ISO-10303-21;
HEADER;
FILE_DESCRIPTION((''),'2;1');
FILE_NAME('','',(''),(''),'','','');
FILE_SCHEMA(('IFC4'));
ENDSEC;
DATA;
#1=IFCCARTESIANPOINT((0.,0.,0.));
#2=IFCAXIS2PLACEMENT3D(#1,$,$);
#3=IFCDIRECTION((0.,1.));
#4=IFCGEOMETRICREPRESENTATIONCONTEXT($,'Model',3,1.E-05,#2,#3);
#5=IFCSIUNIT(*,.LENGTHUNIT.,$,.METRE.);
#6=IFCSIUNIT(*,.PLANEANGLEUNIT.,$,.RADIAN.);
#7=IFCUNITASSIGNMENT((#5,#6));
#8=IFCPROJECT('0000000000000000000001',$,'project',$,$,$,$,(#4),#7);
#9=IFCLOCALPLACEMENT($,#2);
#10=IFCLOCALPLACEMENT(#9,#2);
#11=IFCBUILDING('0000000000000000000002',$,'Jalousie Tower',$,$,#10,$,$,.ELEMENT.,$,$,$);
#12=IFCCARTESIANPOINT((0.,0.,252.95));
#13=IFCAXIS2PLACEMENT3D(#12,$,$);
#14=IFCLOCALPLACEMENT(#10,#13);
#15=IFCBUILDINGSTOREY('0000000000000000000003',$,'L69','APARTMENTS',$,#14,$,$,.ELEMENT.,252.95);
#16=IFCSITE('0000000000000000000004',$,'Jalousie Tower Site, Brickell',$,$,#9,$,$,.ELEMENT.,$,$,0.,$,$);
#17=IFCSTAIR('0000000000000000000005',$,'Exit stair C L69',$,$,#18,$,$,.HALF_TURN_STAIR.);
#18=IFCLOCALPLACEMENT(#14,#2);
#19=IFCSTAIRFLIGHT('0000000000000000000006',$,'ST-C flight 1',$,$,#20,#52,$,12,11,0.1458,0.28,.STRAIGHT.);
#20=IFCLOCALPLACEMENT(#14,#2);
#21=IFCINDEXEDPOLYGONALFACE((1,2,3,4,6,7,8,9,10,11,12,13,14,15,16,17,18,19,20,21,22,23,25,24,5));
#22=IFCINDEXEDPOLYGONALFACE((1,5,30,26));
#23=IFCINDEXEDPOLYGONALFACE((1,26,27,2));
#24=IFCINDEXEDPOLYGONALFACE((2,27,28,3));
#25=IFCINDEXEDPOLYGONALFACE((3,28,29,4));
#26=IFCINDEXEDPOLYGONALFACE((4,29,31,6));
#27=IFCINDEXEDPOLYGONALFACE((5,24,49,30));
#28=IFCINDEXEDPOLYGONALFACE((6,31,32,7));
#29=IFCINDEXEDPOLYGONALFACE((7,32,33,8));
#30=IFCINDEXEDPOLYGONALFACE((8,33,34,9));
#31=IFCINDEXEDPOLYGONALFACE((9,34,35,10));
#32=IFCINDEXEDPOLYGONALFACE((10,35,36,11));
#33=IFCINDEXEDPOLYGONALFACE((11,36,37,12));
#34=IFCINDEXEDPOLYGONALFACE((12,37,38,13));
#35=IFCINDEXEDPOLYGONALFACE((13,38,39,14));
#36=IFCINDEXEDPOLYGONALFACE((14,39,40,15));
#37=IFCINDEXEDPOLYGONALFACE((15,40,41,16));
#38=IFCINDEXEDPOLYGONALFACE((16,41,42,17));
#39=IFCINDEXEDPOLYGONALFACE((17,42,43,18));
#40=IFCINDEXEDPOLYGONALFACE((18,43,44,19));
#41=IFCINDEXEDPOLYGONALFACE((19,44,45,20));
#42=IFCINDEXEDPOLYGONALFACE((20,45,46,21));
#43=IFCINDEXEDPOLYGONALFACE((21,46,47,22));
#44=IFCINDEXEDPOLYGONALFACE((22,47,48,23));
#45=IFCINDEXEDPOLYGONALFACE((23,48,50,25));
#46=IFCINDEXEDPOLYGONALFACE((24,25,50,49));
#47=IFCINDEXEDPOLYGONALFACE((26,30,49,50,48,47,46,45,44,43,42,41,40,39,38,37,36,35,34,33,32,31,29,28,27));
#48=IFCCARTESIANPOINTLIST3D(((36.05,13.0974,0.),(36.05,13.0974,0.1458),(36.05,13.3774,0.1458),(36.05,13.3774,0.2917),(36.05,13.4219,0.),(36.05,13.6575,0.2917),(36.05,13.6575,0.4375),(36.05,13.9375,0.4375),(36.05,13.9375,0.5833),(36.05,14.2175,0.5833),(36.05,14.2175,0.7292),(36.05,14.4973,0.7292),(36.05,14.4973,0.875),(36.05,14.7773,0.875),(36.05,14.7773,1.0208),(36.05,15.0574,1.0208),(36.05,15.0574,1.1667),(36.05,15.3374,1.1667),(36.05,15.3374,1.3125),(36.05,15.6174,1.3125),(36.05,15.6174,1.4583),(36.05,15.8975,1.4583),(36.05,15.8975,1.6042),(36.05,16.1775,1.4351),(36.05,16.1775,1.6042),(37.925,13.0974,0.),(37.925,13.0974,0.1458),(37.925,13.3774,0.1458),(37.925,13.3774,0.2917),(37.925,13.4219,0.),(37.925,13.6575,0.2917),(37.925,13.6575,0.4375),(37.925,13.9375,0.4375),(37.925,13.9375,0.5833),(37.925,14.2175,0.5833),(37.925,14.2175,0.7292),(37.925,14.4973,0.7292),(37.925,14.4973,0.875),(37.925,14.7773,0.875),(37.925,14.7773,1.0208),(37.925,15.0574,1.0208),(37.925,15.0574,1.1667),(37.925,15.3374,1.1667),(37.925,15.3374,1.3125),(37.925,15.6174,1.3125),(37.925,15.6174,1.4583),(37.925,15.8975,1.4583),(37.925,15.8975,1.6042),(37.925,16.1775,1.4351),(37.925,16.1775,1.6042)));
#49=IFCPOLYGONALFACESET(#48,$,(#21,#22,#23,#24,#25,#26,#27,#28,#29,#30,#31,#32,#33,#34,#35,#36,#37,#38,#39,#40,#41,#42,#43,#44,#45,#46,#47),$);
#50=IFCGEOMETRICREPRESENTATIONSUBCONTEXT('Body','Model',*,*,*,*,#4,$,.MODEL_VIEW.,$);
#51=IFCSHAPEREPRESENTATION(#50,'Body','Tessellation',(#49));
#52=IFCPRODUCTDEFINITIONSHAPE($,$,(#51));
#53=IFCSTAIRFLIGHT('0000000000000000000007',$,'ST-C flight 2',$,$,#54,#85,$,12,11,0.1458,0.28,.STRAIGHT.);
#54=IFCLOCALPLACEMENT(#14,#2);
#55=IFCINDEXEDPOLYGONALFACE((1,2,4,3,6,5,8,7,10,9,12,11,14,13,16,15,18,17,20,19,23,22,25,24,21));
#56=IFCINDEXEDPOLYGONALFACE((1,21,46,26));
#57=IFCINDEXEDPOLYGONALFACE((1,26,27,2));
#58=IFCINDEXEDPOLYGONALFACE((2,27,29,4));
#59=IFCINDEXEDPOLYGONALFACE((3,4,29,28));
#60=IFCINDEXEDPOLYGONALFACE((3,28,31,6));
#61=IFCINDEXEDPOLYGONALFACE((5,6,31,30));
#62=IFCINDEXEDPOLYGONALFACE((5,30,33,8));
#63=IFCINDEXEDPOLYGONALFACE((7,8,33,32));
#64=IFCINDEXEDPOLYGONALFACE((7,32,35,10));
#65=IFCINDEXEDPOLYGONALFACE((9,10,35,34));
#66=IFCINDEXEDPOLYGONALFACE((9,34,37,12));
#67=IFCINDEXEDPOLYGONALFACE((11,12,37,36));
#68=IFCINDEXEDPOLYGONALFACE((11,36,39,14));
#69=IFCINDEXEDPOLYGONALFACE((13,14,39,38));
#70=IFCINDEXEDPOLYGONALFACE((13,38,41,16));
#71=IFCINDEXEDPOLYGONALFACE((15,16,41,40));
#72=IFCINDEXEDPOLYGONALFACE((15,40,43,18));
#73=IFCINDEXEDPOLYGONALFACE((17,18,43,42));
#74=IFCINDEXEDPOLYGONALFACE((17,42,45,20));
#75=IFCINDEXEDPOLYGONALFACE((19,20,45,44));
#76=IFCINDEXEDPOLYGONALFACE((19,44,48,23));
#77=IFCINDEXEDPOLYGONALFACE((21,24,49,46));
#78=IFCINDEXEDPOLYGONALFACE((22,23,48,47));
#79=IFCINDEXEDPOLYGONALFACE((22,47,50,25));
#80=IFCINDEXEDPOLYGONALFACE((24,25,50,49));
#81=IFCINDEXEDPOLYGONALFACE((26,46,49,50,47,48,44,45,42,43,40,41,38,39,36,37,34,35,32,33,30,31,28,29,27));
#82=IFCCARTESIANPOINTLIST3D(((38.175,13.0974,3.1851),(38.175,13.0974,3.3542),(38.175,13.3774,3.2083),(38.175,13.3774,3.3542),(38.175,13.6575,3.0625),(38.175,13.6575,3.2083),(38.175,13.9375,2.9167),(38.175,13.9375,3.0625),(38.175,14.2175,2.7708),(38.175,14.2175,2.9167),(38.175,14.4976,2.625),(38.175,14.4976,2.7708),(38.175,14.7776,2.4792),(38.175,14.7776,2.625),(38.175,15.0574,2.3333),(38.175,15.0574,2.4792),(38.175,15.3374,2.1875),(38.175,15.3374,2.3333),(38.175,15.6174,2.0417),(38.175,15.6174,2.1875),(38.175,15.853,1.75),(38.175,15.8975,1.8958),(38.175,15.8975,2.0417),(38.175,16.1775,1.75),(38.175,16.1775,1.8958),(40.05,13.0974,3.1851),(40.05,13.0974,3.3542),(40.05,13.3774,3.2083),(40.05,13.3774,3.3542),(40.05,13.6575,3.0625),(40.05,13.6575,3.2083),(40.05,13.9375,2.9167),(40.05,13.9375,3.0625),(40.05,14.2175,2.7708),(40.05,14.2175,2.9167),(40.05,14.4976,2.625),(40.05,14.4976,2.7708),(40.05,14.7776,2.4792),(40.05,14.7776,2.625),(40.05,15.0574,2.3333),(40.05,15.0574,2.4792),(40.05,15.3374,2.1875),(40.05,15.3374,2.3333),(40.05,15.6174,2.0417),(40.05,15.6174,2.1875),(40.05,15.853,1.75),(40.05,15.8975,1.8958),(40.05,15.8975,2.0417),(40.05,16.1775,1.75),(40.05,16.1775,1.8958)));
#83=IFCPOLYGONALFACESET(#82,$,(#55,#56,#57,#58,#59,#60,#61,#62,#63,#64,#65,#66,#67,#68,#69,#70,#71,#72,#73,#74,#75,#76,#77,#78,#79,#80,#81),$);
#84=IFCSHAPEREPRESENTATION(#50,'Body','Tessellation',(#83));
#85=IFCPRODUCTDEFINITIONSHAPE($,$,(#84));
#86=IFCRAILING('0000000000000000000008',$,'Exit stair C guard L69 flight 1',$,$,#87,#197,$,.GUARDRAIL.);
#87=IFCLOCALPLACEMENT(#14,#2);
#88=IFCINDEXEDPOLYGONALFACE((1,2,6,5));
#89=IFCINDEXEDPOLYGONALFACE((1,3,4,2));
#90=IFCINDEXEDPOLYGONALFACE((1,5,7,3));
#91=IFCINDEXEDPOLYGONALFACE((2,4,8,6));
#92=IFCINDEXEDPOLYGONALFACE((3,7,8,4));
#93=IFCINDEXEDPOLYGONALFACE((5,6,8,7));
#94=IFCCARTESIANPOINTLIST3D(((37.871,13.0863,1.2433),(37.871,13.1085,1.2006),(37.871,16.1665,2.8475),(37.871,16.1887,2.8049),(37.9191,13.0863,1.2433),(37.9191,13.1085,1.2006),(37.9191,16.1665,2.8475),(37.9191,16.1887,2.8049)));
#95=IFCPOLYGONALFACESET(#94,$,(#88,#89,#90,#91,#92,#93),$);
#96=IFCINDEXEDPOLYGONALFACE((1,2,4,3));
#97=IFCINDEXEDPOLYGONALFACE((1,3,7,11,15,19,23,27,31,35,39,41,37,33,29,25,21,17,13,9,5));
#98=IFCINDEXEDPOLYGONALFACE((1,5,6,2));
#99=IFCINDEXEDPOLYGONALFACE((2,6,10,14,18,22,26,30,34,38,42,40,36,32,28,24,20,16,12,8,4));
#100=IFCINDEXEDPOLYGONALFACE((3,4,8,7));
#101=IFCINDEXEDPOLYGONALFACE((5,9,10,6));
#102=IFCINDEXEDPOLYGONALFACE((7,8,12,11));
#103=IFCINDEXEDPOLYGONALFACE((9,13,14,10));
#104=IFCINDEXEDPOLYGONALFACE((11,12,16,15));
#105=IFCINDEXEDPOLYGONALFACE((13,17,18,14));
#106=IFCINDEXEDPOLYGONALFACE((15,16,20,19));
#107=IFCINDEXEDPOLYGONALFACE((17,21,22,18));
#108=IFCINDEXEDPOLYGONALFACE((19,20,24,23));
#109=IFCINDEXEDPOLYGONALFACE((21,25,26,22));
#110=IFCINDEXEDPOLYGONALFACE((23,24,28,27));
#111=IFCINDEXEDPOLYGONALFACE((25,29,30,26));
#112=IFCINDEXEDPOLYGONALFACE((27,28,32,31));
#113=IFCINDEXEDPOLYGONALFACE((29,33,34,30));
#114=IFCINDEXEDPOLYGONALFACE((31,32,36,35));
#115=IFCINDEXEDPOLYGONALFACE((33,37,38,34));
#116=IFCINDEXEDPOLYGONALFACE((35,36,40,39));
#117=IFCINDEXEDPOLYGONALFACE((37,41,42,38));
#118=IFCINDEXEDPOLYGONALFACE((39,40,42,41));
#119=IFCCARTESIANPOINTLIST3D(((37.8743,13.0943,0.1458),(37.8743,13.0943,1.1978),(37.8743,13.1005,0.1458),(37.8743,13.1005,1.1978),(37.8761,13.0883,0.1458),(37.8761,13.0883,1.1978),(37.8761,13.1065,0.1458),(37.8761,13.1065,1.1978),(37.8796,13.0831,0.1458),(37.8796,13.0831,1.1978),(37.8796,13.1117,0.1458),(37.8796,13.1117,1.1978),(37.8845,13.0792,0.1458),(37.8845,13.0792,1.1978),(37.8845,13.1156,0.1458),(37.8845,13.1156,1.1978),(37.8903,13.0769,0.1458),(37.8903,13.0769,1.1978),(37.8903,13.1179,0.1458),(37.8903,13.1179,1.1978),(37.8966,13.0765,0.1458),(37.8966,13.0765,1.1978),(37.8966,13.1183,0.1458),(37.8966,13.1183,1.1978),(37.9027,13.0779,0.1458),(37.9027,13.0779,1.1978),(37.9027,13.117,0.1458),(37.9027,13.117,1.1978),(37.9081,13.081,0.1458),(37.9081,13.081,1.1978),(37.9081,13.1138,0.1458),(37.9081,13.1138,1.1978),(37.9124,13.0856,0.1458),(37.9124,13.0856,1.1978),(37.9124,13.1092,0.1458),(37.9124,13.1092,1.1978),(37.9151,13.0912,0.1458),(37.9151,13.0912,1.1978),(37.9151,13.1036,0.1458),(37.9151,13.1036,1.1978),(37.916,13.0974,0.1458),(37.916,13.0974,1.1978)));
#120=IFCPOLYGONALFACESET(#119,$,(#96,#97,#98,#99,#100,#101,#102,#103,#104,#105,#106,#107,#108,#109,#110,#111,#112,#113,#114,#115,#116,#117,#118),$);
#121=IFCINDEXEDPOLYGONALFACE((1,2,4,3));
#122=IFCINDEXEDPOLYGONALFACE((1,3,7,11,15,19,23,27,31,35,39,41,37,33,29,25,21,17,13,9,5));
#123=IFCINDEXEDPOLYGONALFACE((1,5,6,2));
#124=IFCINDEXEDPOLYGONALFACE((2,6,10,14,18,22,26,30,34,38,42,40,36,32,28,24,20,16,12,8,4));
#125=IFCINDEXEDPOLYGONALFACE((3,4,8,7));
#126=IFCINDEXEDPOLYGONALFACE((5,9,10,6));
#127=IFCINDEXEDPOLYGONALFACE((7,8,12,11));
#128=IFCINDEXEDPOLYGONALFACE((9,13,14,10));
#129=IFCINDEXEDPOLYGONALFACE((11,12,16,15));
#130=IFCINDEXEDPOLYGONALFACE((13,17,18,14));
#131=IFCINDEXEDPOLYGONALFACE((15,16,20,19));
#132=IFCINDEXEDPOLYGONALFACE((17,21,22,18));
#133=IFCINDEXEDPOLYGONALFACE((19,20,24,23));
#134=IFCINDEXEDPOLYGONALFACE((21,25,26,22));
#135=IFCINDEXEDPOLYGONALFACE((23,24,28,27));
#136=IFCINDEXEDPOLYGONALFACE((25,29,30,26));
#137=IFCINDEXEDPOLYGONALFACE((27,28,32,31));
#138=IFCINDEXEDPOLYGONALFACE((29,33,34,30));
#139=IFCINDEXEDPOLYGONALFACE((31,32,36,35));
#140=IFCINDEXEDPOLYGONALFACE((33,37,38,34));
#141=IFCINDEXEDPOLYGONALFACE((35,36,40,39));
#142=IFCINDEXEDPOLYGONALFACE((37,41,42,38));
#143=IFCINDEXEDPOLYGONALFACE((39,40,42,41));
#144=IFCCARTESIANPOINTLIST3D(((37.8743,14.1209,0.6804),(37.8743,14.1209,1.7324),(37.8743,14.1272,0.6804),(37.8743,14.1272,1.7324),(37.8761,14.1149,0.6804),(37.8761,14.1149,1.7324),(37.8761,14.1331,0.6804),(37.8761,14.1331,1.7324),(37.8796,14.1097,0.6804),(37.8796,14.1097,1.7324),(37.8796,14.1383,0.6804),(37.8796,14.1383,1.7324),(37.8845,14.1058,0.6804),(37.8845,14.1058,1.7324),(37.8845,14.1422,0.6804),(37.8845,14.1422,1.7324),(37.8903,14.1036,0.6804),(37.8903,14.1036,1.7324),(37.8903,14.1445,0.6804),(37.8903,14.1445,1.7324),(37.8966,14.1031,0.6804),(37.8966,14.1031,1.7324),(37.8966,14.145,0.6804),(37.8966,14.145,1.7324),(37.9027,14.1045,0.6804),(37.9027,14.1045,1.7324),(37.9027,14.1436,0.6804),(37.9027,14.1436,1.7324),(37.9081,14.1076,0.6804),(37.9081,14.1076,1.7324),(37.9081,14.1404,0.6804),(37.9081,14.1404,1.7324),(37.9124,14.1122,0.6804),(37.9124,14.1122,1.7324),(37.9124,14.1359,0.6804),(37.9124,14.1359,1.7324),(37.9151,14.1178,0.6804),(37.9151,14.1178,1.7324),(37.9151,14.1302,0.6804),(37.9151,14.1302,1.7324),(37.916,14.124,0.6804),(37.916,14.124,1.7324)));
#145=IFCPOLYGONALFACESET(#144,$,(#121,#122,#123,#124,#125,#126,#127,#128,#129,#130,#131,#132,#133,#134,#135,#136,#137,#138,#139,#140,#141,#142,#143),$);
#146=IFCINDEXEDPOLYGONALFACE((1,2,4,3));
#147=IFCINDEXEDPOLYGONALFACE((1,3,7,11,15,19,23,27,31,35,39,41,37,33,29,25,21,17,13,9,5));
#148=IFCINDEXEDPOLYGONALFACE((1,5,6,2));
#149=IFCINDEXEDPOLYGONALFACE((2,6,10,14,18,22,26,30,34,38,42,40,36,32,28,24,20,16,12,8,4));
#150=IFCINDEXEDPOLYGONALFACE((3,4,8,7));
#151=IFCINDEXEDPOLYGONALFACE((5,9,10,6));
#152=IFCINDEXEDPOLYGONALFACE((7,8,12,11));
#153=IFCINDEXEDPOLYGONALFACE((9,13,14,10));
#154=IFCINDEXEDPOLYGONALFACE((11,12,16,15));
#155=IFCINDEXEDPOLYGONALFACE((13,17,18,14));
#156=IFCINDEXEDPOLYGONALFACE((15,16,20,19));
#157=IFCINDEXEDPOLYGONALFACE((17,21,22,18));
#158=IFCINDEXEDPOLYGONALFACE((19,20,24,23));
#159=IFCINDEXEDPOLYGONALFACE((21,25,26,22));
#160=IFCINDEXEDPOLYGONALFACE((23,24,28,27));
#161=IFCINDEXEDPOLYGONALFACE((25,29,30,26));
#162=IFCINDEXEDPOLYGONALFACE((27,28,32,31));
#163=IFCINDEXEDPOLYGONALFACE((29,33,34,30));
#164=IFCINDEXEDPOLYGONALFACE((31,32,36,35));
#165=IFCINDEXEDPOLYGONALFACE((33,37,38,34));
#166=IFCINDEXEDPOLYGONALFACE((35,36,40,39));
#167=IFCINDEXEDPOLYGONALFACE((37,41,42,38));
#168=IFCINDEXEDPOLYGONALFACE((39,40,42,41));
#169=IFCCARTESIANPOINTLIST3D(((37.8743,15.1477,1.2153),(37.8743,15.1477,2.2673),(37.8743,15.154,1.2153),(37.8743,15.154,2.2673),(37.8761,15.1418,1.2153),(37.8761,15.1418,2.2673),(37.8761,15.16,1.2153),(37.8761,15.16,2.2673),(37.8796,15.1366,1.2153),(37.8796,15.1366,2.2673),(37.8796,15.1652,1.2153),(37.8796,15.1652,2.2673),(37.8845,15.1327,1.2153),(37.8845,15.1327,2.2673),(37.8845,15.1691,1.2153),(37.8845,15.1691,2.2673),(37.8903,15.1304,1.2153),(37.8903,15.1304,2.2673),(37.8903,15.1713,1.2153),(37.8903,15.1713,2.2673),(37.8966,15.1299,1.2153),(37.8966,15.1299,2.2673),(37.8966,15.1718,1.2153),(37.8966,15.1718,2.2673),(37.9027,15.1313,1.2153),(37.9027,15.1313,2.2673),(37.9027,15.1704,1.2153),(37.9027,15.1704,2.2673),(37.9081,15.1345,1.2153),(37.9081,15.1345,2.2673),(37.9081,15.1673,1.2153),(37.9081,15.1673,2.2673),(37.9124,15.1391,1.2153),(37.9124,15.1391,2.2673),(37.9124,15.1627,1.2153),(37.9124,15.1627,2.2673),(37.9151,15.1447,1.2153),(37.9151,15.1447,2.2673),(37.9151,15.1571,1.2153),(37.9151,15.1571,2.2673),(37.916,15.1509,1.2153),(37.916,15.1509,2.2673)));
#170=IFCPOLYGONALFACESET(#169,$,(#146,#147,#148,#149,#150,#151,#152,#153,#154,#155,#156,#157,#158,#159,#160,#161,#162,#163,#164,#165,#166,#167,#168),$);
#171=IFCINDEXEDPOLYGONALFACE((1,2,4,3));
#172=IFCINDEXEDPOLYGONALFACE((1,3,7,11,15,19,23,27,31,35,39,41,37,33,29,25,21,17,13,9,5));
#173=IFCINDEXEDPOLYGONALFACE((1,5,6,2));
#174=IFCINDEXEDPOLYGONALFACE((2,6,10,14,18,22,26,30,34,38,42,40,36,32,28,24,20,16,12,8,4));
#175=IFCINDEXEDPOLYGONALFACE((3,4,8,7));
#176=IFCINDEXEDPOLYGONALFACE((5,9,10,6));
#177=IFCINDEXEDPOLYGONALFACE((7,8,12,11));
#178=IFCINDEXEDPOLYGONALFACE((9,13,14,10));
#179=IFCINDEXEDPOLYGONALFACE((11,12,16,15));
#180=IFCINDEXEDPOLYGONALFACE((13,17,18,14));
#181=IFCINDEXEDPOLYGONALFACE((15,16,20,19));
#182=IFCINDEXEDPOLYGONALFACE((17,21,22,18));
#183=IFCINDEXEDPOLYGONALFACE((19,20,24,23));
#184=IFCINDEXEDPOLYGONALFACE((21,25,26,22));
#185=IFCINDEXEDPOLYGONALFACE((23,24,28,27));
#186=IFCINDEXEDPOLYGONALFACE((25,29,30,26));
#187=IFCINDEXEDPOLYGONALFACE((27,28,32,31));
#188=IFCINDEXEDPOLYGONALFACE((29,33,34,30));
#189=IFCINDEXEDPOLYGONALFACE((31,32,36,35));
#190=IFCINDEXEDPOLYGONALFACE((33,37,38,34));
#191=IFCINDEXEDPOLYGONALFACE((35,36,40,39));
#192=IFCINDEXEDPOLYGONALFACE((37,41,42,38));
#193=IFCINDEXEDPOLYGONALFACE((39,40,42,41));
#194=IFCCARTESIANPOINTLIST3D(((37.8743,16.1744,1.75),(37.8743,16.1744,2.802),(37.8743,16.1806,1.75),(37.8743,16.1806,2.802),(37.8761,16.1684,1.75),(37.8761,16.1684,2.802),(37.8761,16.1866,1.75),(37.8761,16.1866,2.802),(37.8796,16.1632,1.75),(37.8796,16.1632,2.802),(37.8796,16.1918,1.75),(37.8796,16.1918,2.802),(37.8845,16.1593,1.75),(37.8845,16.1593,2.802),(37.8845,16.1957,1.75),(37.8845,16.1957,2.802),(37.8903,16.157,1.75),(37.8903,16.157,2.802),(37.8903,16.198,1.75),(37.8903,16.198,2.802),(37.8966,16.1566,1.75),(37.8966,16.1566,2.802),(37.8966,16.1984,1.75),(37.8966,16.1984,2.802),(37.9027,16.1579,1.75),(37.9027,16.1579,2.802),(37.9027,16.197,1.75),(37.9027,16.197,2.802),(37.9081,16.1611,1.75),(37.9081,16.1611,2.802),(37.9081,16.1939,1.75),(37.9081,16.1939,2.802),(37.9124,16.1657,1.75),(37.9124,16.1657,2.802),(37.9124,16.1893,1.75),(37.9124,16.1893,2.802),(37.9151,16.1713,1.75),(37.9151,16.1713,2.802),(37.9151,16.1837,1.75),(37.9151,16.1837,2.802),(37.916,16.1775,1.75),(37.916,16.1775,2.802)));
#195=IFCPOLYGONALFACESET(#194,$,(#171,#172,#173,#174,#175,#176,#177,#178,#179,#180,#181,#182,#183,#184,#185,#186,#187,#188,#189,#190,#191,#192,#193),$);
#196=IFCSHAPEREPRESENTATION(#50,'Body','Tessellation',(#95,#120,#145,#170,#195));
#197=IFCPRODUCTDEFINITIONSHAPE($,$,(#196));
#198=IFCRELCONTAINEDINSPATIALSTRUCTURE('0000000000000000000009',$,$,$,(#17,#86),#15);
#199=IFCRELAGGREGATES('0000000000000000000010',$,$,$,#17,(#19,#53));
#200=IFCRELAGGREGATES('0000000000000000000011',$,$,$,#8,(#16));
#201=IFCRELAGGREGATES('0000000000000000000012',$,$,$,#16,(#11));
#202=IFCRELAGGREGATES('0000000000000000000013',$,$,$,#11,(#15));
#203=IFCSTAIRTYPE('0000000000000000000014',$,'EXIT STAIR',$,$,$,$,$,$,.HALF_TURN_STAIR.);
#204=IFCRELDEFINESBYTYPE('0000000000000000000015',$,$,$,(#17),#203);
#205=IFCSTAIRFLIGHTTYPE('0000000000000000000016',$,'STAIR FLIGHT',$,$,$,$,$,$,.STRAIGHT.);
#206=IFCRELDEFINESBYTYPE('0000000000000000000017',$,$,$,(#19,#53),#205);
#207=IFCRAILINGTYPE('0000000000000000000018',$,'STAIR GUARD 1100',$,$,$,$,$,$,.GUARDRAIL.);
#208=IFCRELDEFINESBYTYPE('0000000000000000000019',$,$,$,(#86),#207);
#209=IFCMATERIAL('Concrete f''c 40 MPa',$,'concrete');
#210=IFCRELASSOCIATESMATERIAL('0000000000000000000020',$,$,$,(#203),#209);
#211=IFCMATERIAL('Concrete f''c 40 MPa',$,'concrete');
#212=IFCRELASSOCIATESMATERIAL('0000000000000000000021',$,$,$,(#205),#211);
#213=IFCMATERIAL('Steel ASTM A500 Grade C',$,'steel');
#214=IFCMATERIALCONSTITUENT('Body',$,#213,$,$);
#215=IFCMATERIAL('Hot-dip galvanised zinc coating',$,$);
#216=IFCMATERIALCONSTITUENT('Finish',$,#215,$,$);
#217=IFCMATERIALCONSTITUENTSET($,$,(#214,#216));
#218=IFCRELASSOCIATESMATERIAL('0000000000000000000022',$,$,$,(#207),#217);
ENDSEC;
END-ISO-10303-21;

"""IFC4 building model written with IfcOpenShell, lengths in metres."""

from ifc_helpers import new_model, si_unit, direction, frame, origin, origin_2d, place, context, subcontext, project, spatial, polyline, rectangle, circle, outline, extrude, material, constituent, constituent_set, type_object, element, aggregate, save


model = new_model("IFC4")

# Units and contexts
model_context = context("Model", 3, precision=1e-05, world=origin(), true_north=direction((0.0, 1.0)))
body_context = subcontext(model_context, "Body", "Model", "MODEL_VIEW")
ifc_project = project(units=[si_unit("LENGTHUNIT", "METRE"), si_unit("PLANEANGLEUNIT", "RADIAN")], contexts=[model_context])

# Site, building, storey
site_placement = place(None, origin())
site = spatial("IfcSite", under=ifc_project, at=site_placement, Name="Jalousie Tower Site, Brickell", CompositionType="ELEMENT", RefElevation=0.0)
building_placement = place(site_placement, origin())
building = spatial("IfcBuilding", under=site, at=building_placement, Name="Jalousie Tower", CompositionType="ELEMENT")
storey_placement = place(building_placement, frame((0.0, 0.0, 252.95)))
storey = spatial("IfcBuildingStorey", under=building, at=storey_placement, Name="L69", Description="APARTMENTS", CompositionType="ELEMENT", Elevation=252.95)

# Stair, stair flights
ifc_material_1 = material(Name="Concrete f'c 40 MPa", Category="concrete")
stair_type = type_object("IfcStairType", Name="EXIT STAIR", PredefinedType="HALF_TURN_STAIR", material=ifc_material_1)
stair_placement = place(storey_placement, origin())
stair = element("IfcStair", 1, at=stair_placement, inside=storey, type_object=stair_type, Name="Exit stair C L69", PredefinedType="HALF_TURN_STAIR")
ifc_material_2 = material(Name="Concrete f'c 40 MPa", Category="concrete")
stair_flight_type = type_object("IfcStairFlightType", Name="STAIR FLIGHT", PredefinedType="STRAIGHT", material=ifc_material_2)
stair_flight_1_placement = place(storey_placement, frame((36.9875, 13.0974, 0.0), z_axis=(0.0, 0.0, 1.0), x_axis=(0.0, 1.0, 0.0)))
stair_flight_1 = element("IfcStairFlight", 2, at=stair_flight_1_placement, type_object=stair_flight_type, Name="ST-C flight 1", NumberOfRisers=12, NumberOfTreads=11, PredefinedType="STRAIGHT", RiserHeight=0.1458, TreadLength=0.28, context=body_context, shape_type="SweptSolid", body=[
    extrude(outline(polyline([(0.0, 0.0), (0.0, 0.1458), (0.28, 0.1458), (0.28, 0.2917), (0.5601, 0.2917), (0.5601, 0.4375), (0.8401, 0.4375), (0.8401, 0.5833), (1.1201, 0.5833), (1.1201, 0.7292), (1.3999, 0.7292), (1.3999, 0.875), (1.6799, 0.875), (1.6799, 1.0208), (1.96, 1.0208), (1.96, 1.1667), (2.24, 1.1667), (2.24, 1.3125), (2.52, 1.3125), (2.52, 1.4583), (2.8, 1.4583), (2.8, 1.6042), (3.0801, 1.6042), (3.0801, 1.75), (3.0801, 1.4351), (0.3245, 0.0), (0.0, 0.0)])), frame((0.0, 0.9375, 0.0), z_axis=(0.0, -1.0, 0.0), x_axis=(1.0, 0.0, 0.0)), (0.0, 0.0, 1.0), 1.875),
])
stair_flight_2_placement = place(storey_placement, frame((39.1125, 16.1775, 1.75), z_axis=(0.0, 0.0, 1.0), x_axis=(0.0, -1.0, 0.0)))
stair_flight_2 = element("IfcStairFlight", 3, at=stair_flight_2_placement, type_object=stair_flight_type, Name="ST-C flight 2", NumberOfRisers=12, NumberOfTreads=11, PredefinedType="STRAIGHT", RiserHeight=0.1458, TreadLength=0.28, context=body_context, shape_type="SweptSolid", body=[
    extrude(outline(polyline([(0.0, 0.0), (0.0, 0.1458), (0.28, 0.1458), (0.28, 0.2917), (0.5601, 0.2917), (0.5601, 0.4375), (0.8401, 0.4375), (0.8401, 0.5833), (1.1201, 0.5833), (1.1201, 0.7292), (1.3999, 0.7292), (1.3999, 0.875), (1.6799, 0.875), (1.6799, 1.0208), (1.96, 1.0208), (1.96, 1.1667), (2.24, 1.1667), (2.24, 1.3125), (2.52, 1.3125), (2.52, 1.4583), (2.8, 1.4583), (2.8, 1.6042), (3.0801, 1.6042), (3.0801, 1.75), (3.0801, 1.4351), (0.3245, 0.0), (0.0, 0.0)])), frame((0.0, 0.9375, 0.0), z_axis=(0.0, -1.0, 0.0), x_axis=(1.0, 0.0, 0.0)), (0.0, 0.0, 1.0), 1.875),
])
aggregate(stair, [stair_flight_1, stair_flight_2])

# Railing
ifc_material_3 = material(Name="Steel ASTM A500 Grade C", Category="steel")
ifc_constituent_1 = constituent(ifc_material_3, Name="Body")
ifc_material_4 = material(Name="Hot-dip galvanised zinc coating")
ifc_constituent_2 = constituent(ifc_material_4, Name="Finish")
ifc_constituent_set_1 = constituent_set(constituents=[ifc_constituent_1, ifc_constituent_2])
railing_type_1 = type_object("IfcRailingType", Name="STAIR GUARD 1100", PredefinedType="GUARDRAIL", material=ifc_constituent_set_1)
railing_1_placement = place(storey_placement, frame((37.895, 13.0974, 0.1458)))
element("IfcRailing", 4, at=railing_1_placement, inside=storey, type_object=railing_type_1, Name="Exit stair C guard L69 flight 1", PredefinedType="GUARDRAIL", context=body_context, shape_type="SweptSolid", body=[
    extrude(rectangle(XDim=0.0481, YDim=0.0481, at=origin_2d()), frame((0.0, 0.0, 1.0762), z_axis=(0.0, 0.886909, 0.461944), x_axis=(-1.0, 0.0, 0.0)), (0.0, 0.0, 1.0), 3.4729),
    extrude(circle(Radius=0.021, at=origin_2d()), origin(), (0.0, 0.0, 1.0), 1.052),
    extrude(circle(Radius=0.021, at=origin_2d()), frame((0.0, 1.0266, 0.5347)), (0.0, 0.0, 1.0), 1.052),
    extrude(circle(Radius=0.021, at=origin_2d()), frame((0.0, 2.0535, 1.0696)), (0.0, 0.0, 1.0), 1.052),
    extrude(circle(Radius=0.021, at=origin_2d()), frame((0.0, 3.0801, 1.6042)), (0.0, 0.0, 1.0), 1.052),
])

save(model, "model.ifc")
